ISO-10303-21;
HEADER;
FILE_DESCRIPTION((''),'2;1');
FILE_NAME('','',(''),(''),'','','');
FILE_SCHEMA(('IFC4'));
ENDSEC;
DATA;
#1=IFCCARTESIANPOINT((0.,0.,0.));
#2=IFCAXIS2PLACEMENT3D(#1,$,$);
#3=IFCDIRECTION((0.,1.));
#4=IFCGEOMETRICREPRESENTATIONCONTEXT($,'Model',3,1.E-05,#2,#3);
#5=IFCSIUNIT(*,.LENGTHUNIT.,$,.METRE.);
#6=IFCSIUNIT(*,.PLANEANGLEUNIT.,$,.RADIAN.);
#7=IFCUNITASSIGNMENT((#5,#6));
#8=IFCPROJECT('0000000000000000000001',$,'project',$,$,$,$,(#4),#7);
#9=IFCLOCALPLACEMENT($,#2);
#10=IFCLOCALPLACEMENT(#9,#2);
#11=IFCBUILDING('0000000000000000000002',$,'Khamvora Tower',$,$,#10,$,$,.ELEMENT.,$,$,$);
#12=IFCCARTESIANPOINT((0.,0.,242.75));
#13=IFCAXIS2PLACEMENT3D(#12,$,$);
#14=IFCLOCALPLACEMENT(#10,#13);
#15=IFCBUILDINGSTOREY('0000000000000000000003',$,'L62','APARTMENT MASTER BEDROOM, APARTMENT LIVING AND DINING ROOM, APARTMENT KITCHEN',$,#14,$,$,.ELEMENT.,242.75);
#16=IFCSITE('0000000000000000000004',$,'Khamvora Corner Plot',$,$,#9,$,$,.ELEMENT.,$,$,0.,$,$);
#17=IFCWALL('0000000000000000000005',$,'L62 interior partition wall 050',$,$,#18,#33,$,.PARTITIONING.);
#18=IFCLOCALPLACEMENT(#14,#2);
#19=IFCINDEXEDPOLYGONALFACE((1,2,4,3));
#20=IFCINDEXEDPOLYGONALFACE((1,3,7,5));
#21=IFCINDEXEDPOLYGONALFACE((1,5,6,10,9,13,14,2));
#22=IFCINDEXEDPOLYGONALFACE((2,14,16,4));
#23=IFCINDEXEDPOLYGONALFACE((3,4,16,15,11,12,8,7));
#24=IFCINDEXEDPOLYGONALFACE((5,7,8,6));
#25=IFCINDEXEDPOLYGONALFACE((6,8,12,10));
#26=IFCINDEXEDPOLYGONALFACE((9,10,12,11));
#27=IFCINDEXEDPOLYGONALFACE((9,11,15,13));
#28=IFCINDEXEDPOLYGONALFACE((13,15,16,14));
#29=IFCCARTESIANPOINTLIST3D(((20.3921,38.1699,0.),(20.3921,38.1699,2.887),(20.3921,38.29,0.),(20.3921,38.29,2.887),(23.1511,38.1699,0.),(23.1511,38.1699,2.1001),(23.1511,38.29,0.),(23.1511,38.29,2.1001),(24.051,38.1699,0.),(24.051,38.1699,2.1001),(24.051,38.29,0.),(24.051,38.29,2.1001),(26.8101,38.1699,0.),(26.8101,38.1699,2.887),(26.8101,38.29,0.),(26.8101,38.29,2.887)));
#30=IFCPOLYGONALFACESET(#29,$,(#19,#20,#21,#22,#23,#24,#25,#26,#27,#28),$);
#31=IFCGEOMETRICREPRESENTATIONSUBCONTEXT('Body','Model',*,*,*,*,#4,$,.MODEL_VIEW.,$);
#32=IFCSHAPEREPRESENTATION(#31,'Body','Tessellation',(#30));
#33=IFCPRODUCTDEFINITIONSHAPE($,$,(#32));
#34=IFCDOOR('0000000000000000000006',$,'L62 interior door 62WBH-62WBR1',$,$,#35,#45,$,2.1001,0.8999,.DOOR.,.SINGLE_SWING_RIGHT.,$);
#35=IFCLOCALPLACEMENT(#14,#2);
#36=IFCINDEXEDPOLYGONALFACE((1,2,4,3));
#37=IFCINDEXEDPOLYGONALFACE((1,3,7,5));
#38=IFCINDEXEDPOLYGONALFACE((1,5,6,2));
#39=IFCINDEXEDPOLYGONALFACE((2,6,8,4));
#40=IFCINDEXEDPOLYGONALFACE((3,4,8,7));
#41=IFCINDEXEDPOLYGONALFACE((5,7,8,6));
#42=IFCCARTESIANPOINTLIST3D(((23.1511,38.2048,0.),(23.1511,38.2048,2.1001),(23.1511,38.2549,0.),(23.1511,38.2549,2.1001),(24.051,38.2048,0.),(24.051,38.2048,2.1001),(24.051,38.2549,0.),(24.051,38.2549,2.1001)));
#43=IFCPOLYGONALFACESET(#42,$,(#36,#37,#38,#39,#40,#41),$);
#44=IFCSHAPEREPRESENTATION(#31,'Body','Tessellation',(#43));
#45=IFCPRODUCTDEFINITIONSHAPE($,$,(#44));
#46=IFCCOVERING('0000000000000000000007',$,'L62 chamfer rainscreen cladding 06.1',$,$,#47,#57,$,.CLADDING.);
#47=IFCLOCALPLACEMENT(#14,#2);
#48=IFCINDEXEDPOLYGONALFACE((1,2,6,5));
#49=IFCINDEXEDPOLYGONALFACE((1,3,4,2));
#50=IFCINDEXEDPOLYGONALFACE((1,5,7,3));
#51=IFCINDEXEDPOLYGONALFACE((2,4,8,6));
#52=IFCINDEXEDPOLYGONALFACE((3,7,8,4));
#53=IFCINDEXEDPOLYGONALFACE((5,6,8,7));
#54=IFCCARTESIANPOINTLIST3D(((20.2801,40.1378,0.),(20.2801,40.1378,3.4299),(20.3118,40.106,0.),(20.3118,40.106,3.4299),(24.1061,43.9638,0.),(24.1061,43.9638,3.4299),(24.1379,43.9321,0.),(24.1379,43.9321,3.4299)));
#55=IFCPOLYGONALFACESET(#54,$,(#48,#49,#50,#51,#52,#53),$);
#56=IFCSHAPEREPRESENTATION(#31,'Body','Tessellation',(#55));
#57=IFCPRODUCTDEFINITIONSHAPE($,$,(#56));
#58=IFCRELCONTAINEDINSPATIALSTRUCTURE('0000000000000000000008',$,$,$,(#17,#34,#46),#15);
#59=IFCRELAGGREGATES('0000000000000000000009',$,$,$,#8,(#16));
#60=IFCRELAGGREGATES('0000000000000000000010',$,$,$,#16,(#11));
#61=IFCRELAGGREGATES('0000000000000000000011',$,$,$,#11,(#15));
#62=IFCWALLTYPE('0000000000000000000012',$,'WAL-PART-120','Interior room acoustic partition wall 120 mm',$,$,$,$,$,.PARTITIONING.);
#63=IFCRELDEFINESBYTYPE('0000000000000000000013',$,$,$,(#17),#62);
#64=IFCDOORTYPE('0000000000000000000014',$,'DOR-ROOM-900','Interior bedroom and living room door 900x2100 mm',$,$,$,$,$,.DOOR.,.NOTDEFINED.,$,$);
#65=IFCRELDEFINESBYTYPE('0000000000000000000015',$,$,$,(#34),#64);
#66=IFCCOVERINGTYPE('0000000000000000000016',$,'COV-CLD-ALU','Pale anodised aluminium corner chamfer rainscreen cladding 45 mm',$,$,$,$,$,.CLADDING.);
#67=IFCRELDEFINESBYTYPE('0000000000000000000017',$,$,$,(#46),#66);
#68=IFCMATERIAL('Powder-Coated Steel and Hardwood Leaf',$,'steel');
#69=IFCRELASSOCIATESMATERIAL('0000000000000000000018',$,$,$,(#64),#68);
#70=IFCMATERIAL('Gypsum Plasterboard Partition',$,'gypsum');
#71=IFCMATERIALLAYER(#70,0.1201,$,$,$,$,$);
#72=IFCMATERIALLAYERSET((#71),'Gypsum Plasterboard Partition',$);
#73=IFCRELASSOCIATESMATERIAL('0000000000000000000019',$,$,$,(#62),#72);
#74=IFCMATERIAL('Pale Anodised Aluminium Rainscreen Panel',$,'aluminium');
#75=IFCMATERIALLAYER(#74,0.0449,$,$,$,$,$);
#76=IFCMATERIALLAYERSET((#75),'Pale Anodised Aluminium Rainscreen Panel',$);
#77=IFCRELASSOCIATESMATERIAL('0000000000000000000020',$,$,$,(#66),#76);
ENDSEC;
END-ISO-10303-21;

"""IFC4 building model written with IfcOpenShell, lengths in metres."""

from ifc_helpers import new_model, si_unit, direction, frame, frame_2d, origin, origin_2d, place, context, subcontext, project, spatial, rectangle, extrude, material, layer, layer_set, type_object, element, fill, save


model = new_model("IFC4")

# Units and contexts
model_context = context("Model", 3, precision=1e-05, world=origin(), true_north=direction((0.0, 1.0)))
body_context = subcontext(model_context, "Body", "Model", "MODEL_VIEW")
ifc_project = project(units=[si_unit("LENGTHUNIT", "METRE"), si_unit("PLANEANGLEUNIT", "RADIAN")], contexts=[model_context])

# Site, building, storey
site_placement = place(None, origin())
site = spatial("IfcSite", under=ifc_project, at=site_placement, Name="Khamvora Corner Plot", CompositionType="ELEMENT", RefElevation=0.0)
building_placement = place(site_placement, origin())
building = spatial("IfcBuilding", under=site, at=building_placement, Name="Khamvora Tower", CompositionType="ELEMENT")
storey_placement = place(building_placement, frame((0.0, 0.0, 242.75)))
storey = spatial("IfcBuildingStorey", under=building, at=storey_placement, Name="L62", Description="APARTMENT MASTER BEDROOM, APARTMENT LIVING AND DINING ROOM, APARTMENT KITCHEN", CompositionType="ELEMENT", Elevation=242.75)

# Shared definitions
ifc_material_1 = material(Name="Powder-Coated Steel and Hardwood Leaf", Category="steel")
door_type = type_object("IfcDoorType", Name="DOR-ROOM-900", Description="Interior bedroom and living room door 900x2100 mm", OperationType="NOTDEFINED", PredefinedType="DOOR", material=ifc_material_1)

# Shared definitions
ifc_material_2 = material(Name="Gypsum Plasterboard Partition", Category="gypsum")
ifc_layer_1 = layer(ifc_material_2, 0.1201)
ifc_layer_set_1 = layer_set([ifc_layer_1], Name="Gypsum Plasterboard Partition")
wall_type_1 = type_object("IfcWallType", Name="WAL-PART-120", Description="Interior room acoustic partition wall 120 mm", PredefinedType="PARTITIONING", material=ifc_layer_set_1)

# Wall, opening, door
wall_1_placement = place(storey_placement, frame((20.3921, 38.23, 0.0), z_axis=(0.0, 0.0, 1.0), x_axis=(1.0, 0.0, 0.0)))
wall_1 = element("IfcWall", 1, at=wall_1_placement, inside=storey, type_object=wall_type_1, Name="L62 interior partition wall 050", PredefinedType="PARTITIONING", context=body_context, shape_type="SweptSolid", body=[
    extrude(rectangle(XDim=6.418, YDim=0.1201, at=frame_2d((3.209, 0.0))), origin(), (0.0, 0.0, 1.0), 2.887),
])
opening_1_placement = place(wall_1_placement, frame((2.759, 0.0, 0.0)))
opening_1 = element("IfcOpeningElement", 2, at=opening_1_placement, cuts=wall_1, PredefinedType="OPENING", context=body_context, shape_type="SweptSolid", body=[
    extrude(rectangle(XDim=0.8999, YDim=2.1001, at=frame_2d((0.45, 1.05))), frame((0.0, 0.0701, 0.0), z_axis=(0.0, -1.0, 0.0), x_axis=(1.0, 0.0, 0.0)), (0.0, 0.0, 1.0), 0.1401),
])
door_1_placement = place(opening_1_placement, origin())
door_1 = element("IfcDoor", 3, at=door_1_placement, inside=storey, type_object=door_type, Name="L62 interior door 62WBH-62WBR1", OperationType="SINGLE_SWING_RIGHT", OverallHeight=2.1001, OverallWidth=0.8999, PredefinedType="DOOR", context=body_context, shape_type="SweptSolid", body=[
    extrude(rectangle(XDim=0.8999, YDim=2.1001, at=frame_2d((0.45, 1.05))), frame((0.0, 0.0249, 0.0), z_axis=(0.0, -1.0, 0.0), x_axis=(1.0, 0.0, 0.0)), (0.0, 0.0, 1.0), 0.05),
])
fill(opening_1, door_1)

# Covering
ifc_material_3 = material(Name="Pale Anodised Aluminium Rainscreen Panel", Category="aluminium")
ifc_layer_2 = layer(ifc_material_3, 0.0449)
ifc_layer_set_2 = layer_set([ifc_layer_2], Name="Pale Anodised Aluminium Rainscreen Panel")
covering_type = type_object("IfcCoveringType", Name="COV-CLD-ALU", Description="Pale anodised aluminium corner chamfer rainscreen cladding 45 mm", PredefinedType="CLADDING", material=ifc_layer_set_2)
covering_placement = place(storey_placement, frame((22.209, 42.0349, 0.0), z_axis=(0.0, 0.0, 1.0), x_axis=(0.707107, 0.707107, 0.0)))
element("IfcCovering", 4, at=covering_placement, inside=storey, type_object=covering_type, Name="L62 chamfer rainscreen cladding 06.1", PredefinedType="CLADDING", context=body_context, shape_type="SweptSolid", body=[
    extrude(rectangle(XDim=5.4109, YDim=0.0449, at=origin_2d()), origin(), (0.0, 0.0, 1.0), 3.4299),
])

save(model, "model.ifc")
